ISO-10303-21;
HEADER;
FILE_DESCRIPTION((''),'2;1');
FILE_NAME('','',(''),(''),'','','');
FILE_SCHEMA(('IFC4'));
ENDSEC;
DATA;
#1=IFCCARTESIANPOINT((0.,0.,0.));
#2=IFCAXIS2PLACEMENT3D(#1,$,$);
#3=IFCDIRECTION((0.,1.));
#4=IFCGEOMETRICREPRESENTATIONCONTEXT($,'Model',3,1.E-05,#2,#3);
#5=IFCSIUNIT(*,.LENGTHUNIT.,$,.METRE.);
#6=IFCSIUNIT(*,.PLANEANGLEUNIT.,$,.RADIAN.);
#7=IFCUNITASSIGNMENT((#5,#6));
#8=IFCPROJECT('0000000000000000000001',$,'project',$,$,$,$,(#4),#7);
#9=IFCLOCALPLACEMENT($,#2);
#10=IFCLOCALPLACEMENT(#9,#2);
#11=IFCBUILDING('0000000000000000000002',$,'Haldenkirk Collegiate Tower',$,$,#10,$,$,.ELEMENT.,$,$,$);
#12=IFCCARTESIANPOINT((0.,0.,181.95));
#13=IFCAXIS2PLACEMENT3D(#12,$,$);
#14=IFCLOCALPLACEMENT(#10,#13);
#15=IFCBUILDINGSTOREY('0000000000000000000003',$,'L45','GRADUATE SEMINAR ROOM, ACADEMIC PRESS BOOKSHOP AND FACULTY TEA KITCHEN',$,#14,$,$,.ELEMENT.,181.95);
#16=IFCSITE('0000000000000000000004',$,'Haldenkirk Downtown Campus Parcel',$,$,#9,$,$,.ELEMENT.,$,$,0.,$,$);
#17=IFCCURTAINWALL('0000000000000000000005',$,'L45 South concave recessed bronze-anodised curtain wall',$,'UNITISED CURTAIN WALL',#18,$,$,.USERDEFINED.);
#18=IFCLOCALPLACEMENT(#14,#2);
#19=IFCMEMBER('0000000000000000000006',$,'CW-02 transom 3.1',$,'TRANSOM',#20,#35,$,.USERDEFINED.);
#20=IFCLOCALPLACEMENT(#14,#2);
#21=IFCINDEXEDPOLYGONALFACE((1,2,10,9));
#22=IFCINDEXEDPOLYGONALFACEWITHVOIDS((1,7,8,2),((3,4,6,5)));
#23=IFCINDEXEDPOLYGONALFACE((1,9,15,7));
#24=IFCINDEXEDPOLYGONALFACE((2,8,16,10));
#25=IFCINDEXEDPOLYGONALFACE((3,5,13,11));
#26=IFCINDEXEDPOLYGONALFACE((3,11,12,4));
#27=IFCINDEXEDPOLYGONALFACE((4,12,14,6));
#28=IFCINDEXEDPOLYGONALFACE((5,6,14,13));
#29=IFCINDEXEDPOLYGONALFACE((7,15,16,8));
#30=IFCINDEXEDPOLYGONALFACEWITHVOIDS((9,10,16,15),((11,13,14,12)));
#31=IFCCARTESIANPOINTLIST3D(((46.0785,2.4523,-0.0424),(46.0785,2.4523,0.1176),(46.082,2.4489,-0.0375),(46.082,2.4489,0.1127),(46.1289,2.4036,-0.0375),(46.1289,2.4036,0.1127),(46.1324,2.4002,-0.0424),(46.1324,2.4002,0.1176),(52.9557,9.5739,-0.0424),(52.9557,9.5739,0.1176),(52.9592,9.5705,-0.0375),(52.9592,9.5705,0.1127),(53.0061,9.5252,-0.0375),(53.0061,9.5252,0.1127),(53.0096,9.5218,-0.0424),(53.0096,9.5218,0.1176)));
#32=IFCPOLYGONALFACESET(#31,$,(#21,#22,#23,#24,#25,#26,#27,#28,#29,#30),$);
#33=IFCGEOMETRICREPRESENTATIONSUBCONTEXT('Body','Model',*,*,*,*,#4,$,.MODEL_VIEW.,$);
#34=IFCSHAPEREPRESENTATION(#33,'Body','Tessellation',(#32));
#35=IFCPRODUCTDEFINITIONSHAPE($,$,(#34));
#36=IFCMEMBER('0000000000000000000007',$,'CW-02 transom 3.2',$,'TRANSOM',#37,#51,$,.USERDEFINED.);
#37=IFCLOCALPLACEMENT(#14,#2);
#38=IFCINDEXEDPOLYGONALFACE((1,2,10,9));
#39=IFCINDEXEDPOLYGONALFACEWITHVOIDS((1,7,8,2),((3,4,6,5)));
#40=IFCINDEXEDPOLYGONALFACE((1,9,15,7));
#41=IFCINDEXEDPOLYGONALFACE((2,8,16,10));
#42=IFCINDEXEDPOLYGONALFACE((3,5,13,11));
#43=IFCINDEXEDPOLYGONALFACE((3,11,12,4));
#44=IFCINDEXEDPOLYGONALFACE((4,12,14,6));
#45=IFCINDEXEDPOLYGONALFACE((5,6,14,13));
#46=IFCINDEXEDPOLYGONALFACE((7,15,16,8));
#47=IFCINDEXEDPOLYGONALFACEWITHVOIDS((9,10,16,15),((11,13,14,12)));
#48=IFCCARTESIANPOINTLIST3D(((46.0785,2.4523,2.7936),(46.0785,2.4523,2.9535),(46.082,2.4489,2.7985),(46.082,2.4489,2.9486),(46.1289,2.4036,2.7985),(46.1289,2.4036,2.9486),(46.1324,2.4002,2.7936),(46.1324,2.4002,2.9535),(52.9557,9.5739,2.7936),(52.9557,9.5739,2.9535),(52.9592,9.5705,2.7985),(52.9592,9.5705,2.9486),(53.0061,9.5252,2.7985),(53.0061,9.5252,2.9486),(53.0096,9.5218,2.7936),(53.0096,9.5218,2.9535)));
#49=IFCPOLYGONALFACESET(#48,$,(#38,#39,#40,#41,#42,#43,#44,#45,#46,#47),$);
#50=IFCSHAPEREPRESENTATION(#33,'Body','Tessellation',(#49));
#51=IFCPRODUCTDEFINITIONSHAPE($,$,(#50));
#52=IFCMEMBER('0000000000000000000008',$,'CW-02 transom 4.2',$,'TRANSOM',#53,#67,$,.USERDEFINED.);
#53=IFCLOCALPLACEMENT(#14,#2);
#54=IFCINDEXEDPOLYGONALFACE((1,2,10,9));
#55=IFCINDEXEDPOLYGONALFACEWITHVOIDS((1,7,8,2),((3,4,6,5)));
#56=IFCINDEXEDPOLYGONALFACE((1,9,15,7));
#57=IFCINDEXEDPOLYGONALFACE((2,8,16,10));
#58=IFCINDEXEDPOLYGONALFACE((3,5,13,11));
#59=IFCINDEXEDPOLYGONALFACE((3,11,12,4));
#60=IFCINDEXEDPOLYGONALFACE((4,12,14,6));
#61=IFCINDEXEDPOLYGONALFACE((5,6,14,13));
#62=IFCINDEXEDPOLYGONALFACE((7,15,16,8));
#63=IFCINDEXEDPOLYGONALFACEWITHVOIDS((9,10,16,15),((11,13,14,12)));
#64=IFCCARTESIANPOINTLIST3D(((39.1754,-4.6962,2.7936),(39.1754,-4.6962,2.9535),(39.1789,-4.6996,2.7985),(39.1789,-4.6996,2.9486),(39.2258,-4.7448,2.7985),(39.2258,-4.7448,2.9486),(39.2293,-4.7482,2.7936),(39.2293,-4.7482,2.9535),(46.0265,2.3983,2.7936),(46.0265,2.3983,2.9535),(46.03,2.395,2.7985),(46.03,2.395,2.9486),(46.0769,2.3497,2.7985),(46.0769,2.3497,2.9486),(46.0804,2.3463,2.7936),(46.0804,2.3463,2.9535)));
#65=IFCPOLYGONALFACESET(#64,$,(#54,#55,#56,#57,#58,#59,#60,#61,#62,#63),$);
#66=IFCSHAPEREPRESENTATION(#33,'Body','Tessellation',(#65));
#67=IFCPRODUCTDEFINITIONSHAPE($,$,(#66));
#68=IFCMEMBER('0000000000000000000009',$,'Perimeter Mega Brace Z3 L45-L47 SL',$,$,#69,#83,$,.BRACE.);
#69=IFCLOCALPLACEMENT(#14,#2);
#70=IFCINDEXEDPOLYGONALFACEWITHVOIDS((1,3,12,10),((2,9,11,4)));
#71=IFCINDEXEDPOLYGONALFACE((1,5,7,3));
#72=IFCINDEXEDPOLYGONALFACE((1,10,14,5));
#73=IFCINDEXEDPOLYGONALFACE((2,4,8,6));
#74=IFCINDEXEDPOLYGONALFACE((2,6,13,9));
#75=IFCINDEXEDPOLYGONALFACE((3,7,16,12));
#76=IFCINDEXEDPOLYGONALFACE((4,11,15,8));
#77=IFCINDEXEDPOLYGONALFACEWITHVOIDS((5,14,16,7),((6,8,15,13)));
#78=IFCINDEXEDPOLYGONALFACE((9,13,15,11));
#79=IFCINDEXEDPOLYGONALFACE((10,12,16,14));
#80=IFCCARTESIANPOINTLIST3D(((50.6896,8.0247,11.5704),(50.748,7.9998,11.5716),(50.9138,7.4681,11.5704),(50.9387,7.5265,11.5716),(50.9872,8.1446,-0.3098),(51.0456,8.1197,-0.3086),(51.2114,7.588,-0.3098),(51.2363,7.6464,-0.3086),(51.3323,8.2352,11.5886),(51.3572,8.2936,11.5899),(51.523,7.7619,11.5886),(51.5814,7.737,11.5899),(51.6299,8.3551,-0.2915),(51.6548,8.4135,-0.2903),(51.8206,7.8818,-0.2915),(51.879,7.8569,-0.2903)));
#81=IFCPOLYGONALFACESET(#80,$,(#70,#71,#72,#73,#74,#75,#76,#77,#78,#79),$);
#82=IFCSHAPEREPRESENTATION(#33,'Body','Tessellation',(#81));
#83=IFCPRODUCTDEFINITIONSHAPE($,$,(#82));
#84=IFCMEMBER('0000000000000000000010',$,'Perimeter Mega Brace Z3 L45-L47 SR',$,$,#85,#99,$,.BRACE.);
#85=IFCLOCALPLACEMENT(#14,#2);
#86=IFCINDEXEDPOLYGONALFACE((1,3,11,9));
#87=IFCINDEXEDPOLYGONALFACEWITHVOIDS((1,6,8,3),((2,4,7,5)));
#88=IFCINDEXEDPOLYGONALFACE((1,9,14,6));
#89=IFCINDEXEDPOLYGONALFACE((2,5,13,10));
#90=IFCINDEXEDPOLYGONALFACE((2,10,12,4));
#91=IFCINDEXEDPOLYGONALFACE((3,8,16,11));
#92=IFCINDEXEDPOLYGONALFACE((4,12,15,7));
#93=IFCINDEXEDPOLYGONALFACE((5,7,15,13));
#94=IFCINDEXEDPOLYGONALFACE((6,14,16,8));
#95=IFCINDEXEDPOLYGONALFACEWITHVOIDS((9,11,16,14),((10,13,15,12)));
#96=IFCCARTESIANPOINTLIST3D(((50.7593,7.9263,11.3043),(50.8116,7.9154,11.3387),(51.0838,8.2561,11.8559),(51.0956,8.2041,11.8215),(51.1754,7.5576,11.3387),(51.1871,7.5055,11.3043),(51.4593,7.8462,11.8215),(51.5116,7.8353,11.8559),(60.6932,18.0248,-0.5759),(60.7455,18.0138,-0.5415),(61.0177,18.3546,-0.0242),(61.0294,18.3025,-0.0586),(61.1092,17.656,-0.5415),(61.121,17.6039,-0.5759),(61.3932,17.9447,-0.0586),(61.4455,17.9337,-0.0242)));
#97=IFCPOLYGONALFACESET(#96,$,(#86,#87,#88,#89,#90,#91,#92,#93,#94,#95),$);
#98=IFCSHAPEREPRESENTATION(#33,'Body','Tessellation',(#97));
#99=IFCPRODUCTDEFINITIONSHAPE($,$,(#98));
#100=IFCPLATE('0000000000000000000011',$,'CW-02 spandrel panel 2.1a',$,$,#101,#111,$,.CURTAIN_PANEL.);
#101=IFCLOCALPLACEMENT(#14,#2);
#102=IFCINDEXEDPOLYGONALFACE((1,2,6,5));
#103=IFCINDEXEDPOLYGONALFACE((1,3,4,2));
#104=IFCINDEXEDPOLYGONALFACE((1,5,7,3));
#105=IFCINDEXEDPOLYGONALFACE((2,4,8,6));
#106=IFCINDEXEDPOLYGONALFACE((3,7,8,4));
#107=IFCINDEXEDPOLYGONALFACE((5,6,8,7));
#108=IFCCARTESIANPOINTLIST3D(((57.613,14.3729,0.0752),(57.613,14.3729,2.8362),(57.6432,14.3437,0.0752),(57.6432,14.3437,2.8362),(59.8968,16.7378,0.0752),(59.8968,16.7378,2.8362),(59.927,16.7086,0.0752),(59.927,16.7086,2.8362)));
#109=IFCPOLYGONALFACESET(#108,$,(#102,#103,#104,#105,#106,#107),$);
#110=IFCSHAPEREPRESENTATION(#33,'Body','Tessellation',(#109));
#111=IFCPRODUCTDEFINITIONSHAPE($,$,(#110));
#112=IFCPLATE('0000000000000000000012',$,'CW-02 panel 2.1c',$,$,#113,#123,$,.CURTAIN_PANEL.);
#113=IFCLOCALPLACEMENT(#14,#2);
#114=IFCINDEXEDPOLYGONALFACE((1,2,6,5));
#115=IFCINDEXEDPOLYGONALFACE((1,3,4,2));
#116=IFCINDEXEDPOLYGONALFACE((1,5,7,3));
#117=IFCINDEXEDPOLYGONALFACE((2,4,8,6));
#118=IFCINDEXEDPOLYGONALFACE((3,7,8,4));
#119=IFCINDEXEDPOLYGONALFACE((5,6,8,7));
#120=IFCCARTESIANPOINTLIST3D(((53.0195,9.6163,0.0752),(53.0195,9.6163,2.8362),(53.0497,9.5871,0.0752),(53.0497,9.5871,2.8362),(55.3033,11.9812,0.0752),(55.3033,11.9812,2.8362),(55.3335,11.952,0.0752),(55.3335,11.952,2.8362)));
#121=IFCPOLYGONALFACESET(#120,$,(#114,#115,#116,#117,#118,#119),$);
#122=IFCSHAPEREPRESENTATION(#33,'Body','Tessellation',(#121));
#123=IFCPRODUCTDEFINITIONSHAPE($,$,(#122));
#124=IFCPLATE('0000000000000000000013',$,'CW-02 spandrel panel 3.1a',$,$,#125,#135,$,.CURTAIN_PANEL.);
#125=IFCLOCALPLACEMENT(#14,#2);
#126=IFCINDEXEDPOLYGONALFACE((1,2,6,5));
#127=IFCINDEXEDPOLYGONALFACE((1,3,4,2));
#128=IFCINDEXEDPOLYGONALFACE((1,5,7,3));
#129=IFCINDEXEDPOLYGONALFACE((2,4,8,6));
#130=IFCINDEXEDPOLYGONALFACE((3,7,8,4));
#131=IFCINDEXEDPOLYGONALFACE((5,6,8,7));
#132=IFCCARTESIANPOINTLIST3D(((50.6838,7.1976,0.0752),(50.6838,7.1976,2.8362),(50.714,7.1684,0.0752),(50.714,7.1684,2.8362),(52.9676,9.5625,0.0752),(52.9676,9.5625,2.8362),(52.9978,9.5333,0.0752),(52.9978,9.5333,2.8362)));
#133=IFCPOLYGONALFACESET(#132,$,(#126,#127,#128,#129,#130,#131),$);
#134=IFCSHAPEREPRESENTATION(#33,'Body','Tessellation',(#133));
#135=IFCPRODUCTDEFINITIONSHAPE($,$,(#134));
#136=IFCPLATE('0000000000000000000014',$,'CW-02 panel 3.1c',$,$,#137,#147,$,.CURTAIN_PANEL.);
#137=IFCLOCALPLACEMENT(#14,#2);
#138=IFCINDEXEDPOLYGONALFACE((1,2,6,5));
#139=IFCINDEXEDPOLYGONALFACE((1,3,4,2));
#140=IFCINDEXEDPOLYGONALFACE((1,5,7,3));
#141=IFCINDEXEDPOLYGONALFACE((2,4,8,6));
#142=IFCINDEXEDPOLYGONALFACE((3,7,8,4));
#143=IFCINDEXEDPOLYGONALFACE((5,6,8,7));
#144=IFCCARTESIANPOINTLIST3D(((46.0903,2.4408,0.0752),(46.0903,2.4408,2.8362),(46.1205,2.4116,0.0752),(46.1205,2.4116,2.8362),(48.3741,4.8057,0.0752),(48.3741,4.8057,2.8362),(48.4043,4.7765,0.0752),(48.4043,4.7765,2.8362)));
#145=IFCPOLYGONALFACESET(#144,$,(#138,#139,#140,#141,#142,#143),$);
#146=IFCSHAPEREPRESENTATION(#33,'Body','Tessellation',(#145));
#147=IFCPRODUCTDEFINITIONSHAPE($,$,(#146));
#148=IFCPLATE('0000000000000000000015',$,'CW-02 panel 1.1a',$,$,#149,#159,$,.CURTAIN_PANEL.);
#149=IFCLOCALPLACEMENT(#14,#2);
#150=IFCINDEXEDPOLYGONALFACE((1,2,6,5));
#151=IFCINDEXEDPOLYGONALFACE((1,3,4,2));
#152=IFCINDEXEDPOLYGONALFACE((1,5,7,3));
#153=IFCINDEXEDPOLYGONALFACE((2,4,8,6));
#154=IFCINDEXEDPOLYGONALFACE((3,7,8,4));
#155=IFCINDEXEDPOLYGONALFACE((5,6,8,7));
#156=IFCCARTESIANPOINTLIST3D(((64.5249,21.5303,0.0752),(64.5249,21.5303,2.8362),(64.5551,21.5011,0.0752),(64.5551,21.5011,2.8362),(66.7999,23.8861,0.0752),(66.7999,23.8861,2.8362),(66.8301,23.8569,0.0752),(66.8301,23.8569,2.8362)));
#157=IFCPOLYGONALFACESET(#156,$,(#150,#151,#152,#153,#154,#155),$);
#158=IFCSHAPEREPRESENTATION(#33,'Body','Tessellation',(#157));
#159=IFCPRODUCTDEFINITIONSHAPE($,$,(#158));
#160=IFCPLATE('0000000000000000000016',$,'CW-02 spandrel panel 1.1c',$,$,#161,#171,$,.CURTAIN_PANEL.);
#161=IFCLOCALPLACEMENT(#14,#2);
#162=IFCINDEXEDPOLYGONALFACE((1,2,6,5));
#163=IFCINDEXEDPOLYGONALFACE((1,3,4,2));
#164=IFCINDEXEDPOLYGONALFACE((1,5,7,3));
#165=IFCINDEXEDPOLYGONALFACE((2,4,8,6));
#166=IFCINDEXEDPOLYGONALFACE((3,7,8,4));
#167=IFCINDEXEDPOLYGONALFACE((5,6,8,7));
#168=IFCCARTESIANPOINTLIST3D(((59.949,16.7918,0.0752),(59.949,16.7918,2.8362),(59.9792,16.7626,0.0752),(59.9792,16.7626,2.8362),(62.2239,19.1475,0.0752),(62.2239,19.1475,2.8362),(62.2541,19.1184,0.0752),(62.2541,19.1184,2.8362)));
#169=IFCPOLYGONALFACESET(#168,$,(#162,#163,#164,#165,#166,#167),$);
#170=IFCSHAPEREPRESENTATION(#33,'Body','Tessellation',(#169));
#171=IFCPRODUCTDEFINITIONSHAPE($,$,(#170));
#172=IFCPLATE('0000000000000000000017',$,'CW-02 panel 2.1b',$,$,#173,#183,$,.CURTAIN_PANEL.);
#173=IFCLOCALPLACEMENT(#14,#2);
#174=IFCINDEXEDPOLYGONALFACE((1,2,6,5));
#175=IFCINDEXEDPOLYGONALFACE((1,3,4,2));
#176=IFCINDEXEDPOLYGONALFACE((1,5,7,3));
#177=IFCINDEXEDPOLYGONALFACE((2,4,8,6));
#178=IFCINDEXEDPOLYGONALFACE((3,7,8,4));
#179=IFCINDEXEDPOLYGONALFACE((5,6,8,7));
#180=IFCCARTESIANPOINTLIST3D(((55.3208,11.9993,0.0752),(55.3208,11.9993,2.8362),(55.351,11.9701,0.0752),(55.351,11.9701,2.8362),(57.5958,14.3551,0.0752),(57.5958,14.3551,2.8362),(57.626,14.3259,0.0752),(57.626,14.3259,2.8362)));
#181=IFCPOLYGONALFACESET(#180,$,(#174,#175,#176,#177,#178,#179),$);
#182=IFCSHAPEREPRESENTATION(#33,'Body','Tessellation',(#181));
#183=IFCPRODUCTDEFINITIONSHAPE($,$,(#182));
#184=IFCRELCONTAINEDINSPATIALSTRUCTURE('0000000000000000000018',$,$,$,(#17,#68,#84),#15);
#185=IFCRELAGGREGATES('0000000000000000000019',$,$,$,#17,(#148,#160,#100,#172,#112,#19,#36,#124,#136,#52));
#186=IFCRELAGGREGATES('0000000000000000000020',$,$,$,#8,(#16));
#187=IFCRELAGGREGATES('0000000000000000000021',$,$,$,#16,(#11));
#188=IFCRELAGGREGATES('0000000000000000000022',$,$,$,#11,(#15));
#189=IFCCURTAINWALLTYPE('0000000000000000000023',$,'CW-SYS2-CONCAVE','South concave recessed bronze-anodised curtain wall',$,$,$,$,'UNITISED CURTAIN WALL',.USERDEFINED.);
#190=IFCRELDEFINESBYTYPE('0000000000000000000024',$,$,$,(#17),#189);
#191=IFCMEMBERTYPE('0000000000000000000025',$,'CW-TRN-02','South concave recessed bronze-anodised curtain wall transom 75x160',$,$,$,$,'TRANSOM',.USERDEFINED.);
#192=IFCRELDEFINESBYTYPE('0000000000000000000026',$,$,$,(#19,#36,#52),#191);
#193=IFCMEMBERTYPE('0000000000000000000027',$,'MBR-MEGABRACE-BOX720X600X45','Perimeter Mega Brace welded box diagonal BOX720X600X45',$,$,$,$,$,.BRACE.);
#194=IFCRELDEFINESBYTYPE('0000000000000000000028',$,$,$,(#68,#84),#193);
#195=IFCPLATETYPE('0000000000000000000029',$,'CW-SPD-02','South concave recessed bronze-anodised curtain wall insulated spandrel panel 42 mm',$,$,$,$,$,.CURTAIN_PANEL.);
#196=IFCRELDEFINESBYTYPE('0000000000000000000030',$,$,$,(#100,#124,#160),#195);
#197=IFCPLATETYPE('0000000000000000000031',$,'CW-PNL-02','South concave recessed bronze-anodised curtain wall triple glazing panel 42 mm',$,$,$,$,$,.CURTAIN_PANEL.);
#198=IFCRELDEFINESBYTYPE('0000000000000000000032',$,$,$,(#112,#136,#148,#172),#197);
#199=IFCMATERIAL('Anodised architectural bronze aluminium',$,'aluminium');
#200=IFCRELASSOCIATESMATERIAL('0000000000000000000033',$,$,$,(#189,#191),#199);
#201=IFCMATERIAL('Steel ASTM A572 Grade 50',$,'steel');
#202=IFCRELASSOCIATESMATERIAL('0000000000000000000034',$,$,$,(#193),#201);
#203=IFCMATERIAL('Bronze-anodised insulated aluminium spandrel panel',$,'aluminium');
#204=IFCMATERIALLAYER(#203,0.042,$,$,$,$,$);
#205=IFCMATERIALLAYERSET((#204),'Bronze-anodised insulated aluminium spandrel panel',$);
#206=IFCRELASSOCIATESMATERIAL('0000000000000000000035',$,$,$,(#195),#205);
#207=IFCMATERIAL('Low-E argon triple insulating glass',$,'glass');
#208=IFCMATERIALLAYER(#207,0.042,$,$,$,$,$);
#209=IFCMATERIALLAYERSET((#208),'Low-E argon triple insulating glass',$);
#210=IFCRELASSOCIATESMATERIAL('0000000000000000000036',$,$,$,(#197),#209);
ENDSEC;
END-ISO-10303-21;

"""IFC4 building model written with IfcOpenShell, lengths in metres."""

from ifc_helpers import new_model, si_unit, direction, frame, origin, origin_2d, place, context, subcontext, project, spatial, rectangle, hollow_rectangle, extrude, source, transform, mapped, material, layer, layer_set, material_profile, profile_set, type_object, element, aggregate, save


model = new_model("IFC4")

# Units and contexts
model_context = context("Model", 3, precision=1e-05, world=origin(), true_north=direction((0.0, 1.0)))
body_context = subcontext(model_context, "Body", "Model", "MODEL_VIEW")
ifc_project = project(units=[si_unit("LENGTHUNIT", "METRE"), si_unit("PLANEANGLEUNIT", "RADIAN")], contexts=[model_context])

# Site, building, storey
site_placement = place(None, origin())
site = spatial("IfcSite", under=ifc_project, at=site_placement, Name="Haldenkirk Downtown Campus Parcel", CompositionType="ELEMENT", RefElevation=0.0)
building_placement = place(site_placement, origin())
building = spatial("IfcBuilding", under=site, at=building_placement, Name="Haldenkirk Collegiate Tower", CompositionType="ELEMENT")
storey_placement = place(building_placement, frame((0.0, 0.0, 181.95)))
storey = spatial("IfcBuildingStorey", under=building, at=storey_placement, Name="L45", Description="GRADUATE SEMINAR ROOM, ACADEMIC PRESS BOOKSHOP AND FACULTY TEA KITCHEN", CompositionType="ELEMENT", Elevation=181.95)

# Shared definitions
ifc_material_1 = material(Name="Steel ASTM A572 Grade 50", Category="steel")

# Curtain wall, members
ifc_material_2 = material(Name="Anodised architectural bronze aluminium", Category="aluminium")
curtain_wall_type = type_object("IfcCurtainWallType", Name="CW-SYS2-CONCAVE", Description="South concave recessed bronze-anodised curtain wall", ElementType="UNITISED CURTAIN WALL", PredefinedType="USERDEFINED", material=ifc_material_2)
curtain_wall_placement = place(storey_placement, origin())
curtain_wall = element("IfcCurtainWall", 1, at=curtain_wall_placement, inside=storey, type_object=curtain_wall_type, Name="L45 South concave recessed bronze-anodised curtain wall", ObjectType="UNITISED CURTAIN WALL", PredefinedType="USERDEFINED")
ifc_material_profile_1 = material_profile(ifc_material_2, hollow_rectangle(XDim=0.075, YDim=0.1599, WallThickness=0.0049, at=origin_2d()), Name="CW-TRN-02")
ifc_profile_set_1 = profile_set([ifc_material_profile_1], Name="Anodised architectural bronze aluminium")
member_type_1 = type_object("IfcMemberType", Name="CW-TRN-02", Description="South concave recessed bronze-anodised curtain wall transom 75x160", ElementType="TRANSOM", PredefinedType="USERDEFINED", material=ifc_profile_set_1)
member_1_placement = place(storey_placement, frame((52.9827, 9.5479, 0.0376), z_axis=(-0.694657, -0.719342, 0.0), x_axis=(0.719342, -0.694657, 0.0)))
member_1 = element("IfcMember", 2, at=member_1_placement, type_object=member_type_1, Name="CW-02 transom 3.1", ObjectType="TRANSOM", PredefinedType="USERDEFINED", context=body_context, shape_type="SweptSolid", body=[
    extrude(hollow_rectangle(XDim=0.075, YDim=0.1599, WallThickness=0.0049, at=origin_2d()), origin(), (0.0, 0.0, 1.0), 9.9001),
])
member_2_placement = place(storey_placement, frame((52.9827, 9.5479, 2.8735), z_axis=(-0.694657, -0.719342, 0.0), x_axis=(0.719342, -0.694657, 0.0)))
member_2 = element("IfcMember", 3, at=member_2_placement, type_object=member_type_1, Name="CW-02 transom 3.2", ObjectType="TRANSOM", PredefinedType="USERDEFINED", context=body_context, shape_type="SweptSolid", body=[
    extrude(hollow_rectangle(XDim=0.075, YDim=0.1599, WallThickness=0.0049, at=origin_2d()), origin(), (0.0, 0.0, 1.0), 9.9001),
])
member_3_placement = place(storey_placement, frame((46.0535, 2.3723, 2.8735), z_axis=(-0.694659, -0.719339, 0.0), x_axis=(0.719339, -0.694659, 0.0)))
member_3 = element("IfcMember", 4, at=member_3_placement, type_object=member_type_1, Name="CW-02 transom 4.2", ObjectType="TRANSOM", PredefinedType="USERDEFINED", context=body_context, shape_type="SweptSolid", body=[
    extrude(hollow_rectangle(XDim=0.075, YDim=0.1599, WallThickness=0.0049, at=origin_2d()), origin(), (0.0, 0.0, 1.0), 9.8625),
])

# Members
ifc_material_profile_2 = material_profile(ifc_material_1, hollow_rectangle(XDim=0.6001, YDim=0.72, WallThickness=0.0449, at=origin_2d()), Name="BOX720X600X45")
ifc_profile_set_2 = profile_set([ifc_material_profile_2], Name="Steel ASTM A572 Grade 50")
member_type_2 = type_object("IfcMemberType", Name="MBR-MEGABRACE-BOX720X600X45", Description="Perimeter Mega Brace welded box diagonal BOX720X600X45", PredefinedType="BRACE", material=ifc_profile_set_2)
member_4_placement = place(storey_placement, frame((51.4331, 8.0007, -0.3), z_axis=(-0.025042, -0.010087, 0.999636), x_axis=(0.37362, -0.927582, 0.0)))
element("IfcMember", 5, at=member_4_placement, inside=storey, type_object=member_type_2, Name="Perimeter Mega Brace Z3 L45-L47 SL", PredefinedType="BRACE", context=body_context, shape_type="SweptSolid", body=[
    extrude(hollow_rectangle(XDim=0.6001, YDim=0.72, WallThickness=0.0449, at=origin_2d()), origin(), (0.0, 0.0, 1.0), 11.8845),
])
member_5_placement = place(storey_placement, frame((61.0693, 17.9792, -0.3), z_axis=(-0.537321, -0.546221, 0.642595), x_axis=(0.712891, -0.701275, 0.0)))
element("IfcMember", 6, at=member_5_placement, inside=storey, type_object=member_type_2, Name="Perimeter Mega Brace Z3 L45-L47 SR", PredefinedType="BRACE", context=body_context, shape_type="SweptSolid", body=[
    extrude(hollow_rectangle(XDim=0.6001, YDim=0.72, WallThickness=0.0449, at=origin_2d()), origin(), (0.0, 0.0, 1.0), 18.4878),
])

# Plates
ifc_material_3 = material(Name="Bronze-anodised insulated aluminium spandrel panel", Category="aluminium")
ifc_layer_1 = layer(ifc_material_3, 0.042)
ifc_layer_set_1 = layer_set([ifc_layer_1], Name="Bronze-anodised insulated aluminium spandrel panel")
plate_type_1 = type_object("IfcPlateType", Name="CW-SPD-02", Description="South concave recessed bronze-anodised curtain wall insulated spandrel panel 42 mm", PredefinedType="CURTAIN_PANEL", material=ifc_layer_set_1)
shared_shape_1 = source(origin(), body_context, "Body", "SweptSolid", [
    extrude(rectangle(XDim=3.2876, YDim=0.042, at=origin_2d()), origin(), (0.0, 0.0, 1.0), 2.761),
])
plate_1_placement = place(storey_placement, frame((58.77, 15.5408, 0.0752), z_axis=(0.0, 0.0, 1.0), x_axis=(-0.694658, -0.71934, 0.0)))
plate_1 = element("IfcPlate", 7, at=plate_1_placement, type_object=plate_type_1, Name="CW-02 spandrel panel 2.1a", PredefinedType="CURTAIN_PANEL", context=body_context, shape_type="MappedRepresentation", body=[
    mapped(shared_shape_1, transform((0.0, 0.0, 0.0), x_axis=(1.0, 0.0, 0.0), y_axis=(0.0, 1.0, 0.0), z_axis=(0.0, 0.0, 1.0), scale=1.0)),
])
ifc_material_4 = material(Name="Low-E argon triple insulating glass", Category="glass")
ifc_layer_2 = layer(ifc_material_4, 0.042)
ifc_layer_set_2 = layer_set([ifc_layer_2], Name="Low-E argon triple insulating glass")
plate_type_2 = type_object("IfcPlateType", Name="CW-PNL-02", Description="South concave recessed bronze-anodised curtain wall triple glazing panel 42 mm", PredefinedType="CURTAIN_PANEL", material=ifc_layer_set_2)
plate_2_placement = place(storey_placement, frame((54.1765, 10.7842, 0.0752), z_axis=(0.0, 0.0, 1.0), x_axis=(-0.694658, -0.71934, 0.0)))
plate_2 = element("IfcPlate", 8, at=plate_2_placement, type_object=plate_type_2, Name="CW-02 panel 2.1c", PredefinedType="CURTAIN_PANEL", context=body_context, shape_type="MappedRepresentation", body=[
    mapped(shared_shape_1, transform((0.0, 0.0, 0.0), x_axis=(1.0, 0.0, 0.0), y_axis=(0.0, 1.0, 0.0), z_axis=(0.0, 0.0, 1.0), scale=1.0)),
])
plate_3_placement = place(storey_placement, frame((51.8408, 8.3655, 0.0752), z_axis=(0.0, 0.0, 1.0), x_axis=(-0.694658, -0.71934, 0.0)))
plate_3 = element("IfcPlate", 9, at=plate_3_placement, type_object=plate_type_1, Name="CW-02 spandrel panel 3.1a", PredefinedType="CURTAIN_PANEL", context=body_context, shape_type="MappedRepresentation", body=[
    mapped(shared_shape_1, transform((0.0, 0.0, 0.0), x_axis=(1.0, 0.0, 0.0), y_axis=(0.0, 1.0, 0.0), z_axis=(0.0, 0.0, 1.0), scale=1.0)),
])
plate_4_placement = place(storey_placement, frame((47.2473, 3.6086, 0.0752), z_axis=(0.0, 0.0, 1.0), x_axis=(-0.694658, -0.71934, 0.0)))
plate_4 = element("IfcPlate", 10, at=plate_4_placement, type_object=plate_type_2, Name="CW-02 panel 3.1c", PredefinedType="CURTAIN_PANEL", context=body_context, shape_type="MappedRepresentation", body=[
    mapped(shared_shape_1, transform((0.0, 0.0, 0.0), x_axis=(1.0, 0.0, 0.0), y_axis=(0.0, 1.0, 0.0), z_axis=(0.0, 0.0, 1.0), scale=1.0)),
])
shared_shape_2 = source(origin(), body_context, "Body", "SweptSolid", [
    extrude(rectangle(XDim=3.2749, YDim=0.042, at=origin_2d()), origin(), (0.0, 0.0, 1.0), 2.761),
])
plate_5_placement = place(storey_placement, frame((65.6775, 22.6936, 0.0752), z_axis=(0.0, 0.0, 1.0), x_axis=(-0.694658, -0.71934, 0.0)))
plate_5 = element("IfcPlate", 11, at=plate_5_placement, type_object=plate_type_2, Name="CW-02 panel 1.1a", PredefinedType="CURTAIN_PANEL", context=body_context, shape_type="MappedRepresentation", body=[
    mapped(shared_shape_2, transform((0.0, 0.0, 0.0), x_axis=(1.0, 0.0, 0.0), y_axis=(0.0, 1.0, 0.0), z_axis=(0.0, 0.0, 1.0), scale=1.0)),
])
plate_6_placement = place(storey_placement, frame((61.1016, 17.9551, 0.0752), z_axis=(0.0, 0.0, 1.0), x_axis=(-0.694658, -0.71934, 0.0)))
plate_6 = element("IfcPlate", 12, at=plate_6_placement, type_object=plate_type_1, Name="CW-02 spandrel panel 1.1c", PredefinedType="CURTAIN_PANEL", context=body_context, shape_type="MappedRepresentation", body=[
    mapped(shared_shape_2, transform((0.0, 0.0, 0.0), x_axis=(1.0, 0.0, 0.0), y_axis=(0.0, 1.0, 0.0), z_axis=(0.0, 0.0, 1.0), scale=1.0)),
])
plate_7_placement = place(storey_placement, frame((56.4734, 13.1626, 0.0752), z_axis=(0.0, 0.0, 1.0), x_axis=(-0.694658, -0.71934, 0.0)))
plate_7 = element("IfcPlate", 13, at=plate_7_placement, type_object=plate_type_2, Name="CW-02 panel 2.1b", PredefinedType="CURTAIN_PANEL", context=body_context, shape_type="MappedRepresentation", body=[
    mapped(shared_shape_2, transform((0.0, 0.0, 0.0), x_axis=(1.0, 0.0, 0.0), y_axis=(0.0, 1.0, 0.0), z_axis=(0.0, 0.0, 1.0), scale=1.0)),
])
aggregate(curtain_wall, [plate_5, plate_6, plate_1, plate_7, plate_2, member_1, member_2, plate_3, plate_4, member_3])

save(model, "model.ifc")
